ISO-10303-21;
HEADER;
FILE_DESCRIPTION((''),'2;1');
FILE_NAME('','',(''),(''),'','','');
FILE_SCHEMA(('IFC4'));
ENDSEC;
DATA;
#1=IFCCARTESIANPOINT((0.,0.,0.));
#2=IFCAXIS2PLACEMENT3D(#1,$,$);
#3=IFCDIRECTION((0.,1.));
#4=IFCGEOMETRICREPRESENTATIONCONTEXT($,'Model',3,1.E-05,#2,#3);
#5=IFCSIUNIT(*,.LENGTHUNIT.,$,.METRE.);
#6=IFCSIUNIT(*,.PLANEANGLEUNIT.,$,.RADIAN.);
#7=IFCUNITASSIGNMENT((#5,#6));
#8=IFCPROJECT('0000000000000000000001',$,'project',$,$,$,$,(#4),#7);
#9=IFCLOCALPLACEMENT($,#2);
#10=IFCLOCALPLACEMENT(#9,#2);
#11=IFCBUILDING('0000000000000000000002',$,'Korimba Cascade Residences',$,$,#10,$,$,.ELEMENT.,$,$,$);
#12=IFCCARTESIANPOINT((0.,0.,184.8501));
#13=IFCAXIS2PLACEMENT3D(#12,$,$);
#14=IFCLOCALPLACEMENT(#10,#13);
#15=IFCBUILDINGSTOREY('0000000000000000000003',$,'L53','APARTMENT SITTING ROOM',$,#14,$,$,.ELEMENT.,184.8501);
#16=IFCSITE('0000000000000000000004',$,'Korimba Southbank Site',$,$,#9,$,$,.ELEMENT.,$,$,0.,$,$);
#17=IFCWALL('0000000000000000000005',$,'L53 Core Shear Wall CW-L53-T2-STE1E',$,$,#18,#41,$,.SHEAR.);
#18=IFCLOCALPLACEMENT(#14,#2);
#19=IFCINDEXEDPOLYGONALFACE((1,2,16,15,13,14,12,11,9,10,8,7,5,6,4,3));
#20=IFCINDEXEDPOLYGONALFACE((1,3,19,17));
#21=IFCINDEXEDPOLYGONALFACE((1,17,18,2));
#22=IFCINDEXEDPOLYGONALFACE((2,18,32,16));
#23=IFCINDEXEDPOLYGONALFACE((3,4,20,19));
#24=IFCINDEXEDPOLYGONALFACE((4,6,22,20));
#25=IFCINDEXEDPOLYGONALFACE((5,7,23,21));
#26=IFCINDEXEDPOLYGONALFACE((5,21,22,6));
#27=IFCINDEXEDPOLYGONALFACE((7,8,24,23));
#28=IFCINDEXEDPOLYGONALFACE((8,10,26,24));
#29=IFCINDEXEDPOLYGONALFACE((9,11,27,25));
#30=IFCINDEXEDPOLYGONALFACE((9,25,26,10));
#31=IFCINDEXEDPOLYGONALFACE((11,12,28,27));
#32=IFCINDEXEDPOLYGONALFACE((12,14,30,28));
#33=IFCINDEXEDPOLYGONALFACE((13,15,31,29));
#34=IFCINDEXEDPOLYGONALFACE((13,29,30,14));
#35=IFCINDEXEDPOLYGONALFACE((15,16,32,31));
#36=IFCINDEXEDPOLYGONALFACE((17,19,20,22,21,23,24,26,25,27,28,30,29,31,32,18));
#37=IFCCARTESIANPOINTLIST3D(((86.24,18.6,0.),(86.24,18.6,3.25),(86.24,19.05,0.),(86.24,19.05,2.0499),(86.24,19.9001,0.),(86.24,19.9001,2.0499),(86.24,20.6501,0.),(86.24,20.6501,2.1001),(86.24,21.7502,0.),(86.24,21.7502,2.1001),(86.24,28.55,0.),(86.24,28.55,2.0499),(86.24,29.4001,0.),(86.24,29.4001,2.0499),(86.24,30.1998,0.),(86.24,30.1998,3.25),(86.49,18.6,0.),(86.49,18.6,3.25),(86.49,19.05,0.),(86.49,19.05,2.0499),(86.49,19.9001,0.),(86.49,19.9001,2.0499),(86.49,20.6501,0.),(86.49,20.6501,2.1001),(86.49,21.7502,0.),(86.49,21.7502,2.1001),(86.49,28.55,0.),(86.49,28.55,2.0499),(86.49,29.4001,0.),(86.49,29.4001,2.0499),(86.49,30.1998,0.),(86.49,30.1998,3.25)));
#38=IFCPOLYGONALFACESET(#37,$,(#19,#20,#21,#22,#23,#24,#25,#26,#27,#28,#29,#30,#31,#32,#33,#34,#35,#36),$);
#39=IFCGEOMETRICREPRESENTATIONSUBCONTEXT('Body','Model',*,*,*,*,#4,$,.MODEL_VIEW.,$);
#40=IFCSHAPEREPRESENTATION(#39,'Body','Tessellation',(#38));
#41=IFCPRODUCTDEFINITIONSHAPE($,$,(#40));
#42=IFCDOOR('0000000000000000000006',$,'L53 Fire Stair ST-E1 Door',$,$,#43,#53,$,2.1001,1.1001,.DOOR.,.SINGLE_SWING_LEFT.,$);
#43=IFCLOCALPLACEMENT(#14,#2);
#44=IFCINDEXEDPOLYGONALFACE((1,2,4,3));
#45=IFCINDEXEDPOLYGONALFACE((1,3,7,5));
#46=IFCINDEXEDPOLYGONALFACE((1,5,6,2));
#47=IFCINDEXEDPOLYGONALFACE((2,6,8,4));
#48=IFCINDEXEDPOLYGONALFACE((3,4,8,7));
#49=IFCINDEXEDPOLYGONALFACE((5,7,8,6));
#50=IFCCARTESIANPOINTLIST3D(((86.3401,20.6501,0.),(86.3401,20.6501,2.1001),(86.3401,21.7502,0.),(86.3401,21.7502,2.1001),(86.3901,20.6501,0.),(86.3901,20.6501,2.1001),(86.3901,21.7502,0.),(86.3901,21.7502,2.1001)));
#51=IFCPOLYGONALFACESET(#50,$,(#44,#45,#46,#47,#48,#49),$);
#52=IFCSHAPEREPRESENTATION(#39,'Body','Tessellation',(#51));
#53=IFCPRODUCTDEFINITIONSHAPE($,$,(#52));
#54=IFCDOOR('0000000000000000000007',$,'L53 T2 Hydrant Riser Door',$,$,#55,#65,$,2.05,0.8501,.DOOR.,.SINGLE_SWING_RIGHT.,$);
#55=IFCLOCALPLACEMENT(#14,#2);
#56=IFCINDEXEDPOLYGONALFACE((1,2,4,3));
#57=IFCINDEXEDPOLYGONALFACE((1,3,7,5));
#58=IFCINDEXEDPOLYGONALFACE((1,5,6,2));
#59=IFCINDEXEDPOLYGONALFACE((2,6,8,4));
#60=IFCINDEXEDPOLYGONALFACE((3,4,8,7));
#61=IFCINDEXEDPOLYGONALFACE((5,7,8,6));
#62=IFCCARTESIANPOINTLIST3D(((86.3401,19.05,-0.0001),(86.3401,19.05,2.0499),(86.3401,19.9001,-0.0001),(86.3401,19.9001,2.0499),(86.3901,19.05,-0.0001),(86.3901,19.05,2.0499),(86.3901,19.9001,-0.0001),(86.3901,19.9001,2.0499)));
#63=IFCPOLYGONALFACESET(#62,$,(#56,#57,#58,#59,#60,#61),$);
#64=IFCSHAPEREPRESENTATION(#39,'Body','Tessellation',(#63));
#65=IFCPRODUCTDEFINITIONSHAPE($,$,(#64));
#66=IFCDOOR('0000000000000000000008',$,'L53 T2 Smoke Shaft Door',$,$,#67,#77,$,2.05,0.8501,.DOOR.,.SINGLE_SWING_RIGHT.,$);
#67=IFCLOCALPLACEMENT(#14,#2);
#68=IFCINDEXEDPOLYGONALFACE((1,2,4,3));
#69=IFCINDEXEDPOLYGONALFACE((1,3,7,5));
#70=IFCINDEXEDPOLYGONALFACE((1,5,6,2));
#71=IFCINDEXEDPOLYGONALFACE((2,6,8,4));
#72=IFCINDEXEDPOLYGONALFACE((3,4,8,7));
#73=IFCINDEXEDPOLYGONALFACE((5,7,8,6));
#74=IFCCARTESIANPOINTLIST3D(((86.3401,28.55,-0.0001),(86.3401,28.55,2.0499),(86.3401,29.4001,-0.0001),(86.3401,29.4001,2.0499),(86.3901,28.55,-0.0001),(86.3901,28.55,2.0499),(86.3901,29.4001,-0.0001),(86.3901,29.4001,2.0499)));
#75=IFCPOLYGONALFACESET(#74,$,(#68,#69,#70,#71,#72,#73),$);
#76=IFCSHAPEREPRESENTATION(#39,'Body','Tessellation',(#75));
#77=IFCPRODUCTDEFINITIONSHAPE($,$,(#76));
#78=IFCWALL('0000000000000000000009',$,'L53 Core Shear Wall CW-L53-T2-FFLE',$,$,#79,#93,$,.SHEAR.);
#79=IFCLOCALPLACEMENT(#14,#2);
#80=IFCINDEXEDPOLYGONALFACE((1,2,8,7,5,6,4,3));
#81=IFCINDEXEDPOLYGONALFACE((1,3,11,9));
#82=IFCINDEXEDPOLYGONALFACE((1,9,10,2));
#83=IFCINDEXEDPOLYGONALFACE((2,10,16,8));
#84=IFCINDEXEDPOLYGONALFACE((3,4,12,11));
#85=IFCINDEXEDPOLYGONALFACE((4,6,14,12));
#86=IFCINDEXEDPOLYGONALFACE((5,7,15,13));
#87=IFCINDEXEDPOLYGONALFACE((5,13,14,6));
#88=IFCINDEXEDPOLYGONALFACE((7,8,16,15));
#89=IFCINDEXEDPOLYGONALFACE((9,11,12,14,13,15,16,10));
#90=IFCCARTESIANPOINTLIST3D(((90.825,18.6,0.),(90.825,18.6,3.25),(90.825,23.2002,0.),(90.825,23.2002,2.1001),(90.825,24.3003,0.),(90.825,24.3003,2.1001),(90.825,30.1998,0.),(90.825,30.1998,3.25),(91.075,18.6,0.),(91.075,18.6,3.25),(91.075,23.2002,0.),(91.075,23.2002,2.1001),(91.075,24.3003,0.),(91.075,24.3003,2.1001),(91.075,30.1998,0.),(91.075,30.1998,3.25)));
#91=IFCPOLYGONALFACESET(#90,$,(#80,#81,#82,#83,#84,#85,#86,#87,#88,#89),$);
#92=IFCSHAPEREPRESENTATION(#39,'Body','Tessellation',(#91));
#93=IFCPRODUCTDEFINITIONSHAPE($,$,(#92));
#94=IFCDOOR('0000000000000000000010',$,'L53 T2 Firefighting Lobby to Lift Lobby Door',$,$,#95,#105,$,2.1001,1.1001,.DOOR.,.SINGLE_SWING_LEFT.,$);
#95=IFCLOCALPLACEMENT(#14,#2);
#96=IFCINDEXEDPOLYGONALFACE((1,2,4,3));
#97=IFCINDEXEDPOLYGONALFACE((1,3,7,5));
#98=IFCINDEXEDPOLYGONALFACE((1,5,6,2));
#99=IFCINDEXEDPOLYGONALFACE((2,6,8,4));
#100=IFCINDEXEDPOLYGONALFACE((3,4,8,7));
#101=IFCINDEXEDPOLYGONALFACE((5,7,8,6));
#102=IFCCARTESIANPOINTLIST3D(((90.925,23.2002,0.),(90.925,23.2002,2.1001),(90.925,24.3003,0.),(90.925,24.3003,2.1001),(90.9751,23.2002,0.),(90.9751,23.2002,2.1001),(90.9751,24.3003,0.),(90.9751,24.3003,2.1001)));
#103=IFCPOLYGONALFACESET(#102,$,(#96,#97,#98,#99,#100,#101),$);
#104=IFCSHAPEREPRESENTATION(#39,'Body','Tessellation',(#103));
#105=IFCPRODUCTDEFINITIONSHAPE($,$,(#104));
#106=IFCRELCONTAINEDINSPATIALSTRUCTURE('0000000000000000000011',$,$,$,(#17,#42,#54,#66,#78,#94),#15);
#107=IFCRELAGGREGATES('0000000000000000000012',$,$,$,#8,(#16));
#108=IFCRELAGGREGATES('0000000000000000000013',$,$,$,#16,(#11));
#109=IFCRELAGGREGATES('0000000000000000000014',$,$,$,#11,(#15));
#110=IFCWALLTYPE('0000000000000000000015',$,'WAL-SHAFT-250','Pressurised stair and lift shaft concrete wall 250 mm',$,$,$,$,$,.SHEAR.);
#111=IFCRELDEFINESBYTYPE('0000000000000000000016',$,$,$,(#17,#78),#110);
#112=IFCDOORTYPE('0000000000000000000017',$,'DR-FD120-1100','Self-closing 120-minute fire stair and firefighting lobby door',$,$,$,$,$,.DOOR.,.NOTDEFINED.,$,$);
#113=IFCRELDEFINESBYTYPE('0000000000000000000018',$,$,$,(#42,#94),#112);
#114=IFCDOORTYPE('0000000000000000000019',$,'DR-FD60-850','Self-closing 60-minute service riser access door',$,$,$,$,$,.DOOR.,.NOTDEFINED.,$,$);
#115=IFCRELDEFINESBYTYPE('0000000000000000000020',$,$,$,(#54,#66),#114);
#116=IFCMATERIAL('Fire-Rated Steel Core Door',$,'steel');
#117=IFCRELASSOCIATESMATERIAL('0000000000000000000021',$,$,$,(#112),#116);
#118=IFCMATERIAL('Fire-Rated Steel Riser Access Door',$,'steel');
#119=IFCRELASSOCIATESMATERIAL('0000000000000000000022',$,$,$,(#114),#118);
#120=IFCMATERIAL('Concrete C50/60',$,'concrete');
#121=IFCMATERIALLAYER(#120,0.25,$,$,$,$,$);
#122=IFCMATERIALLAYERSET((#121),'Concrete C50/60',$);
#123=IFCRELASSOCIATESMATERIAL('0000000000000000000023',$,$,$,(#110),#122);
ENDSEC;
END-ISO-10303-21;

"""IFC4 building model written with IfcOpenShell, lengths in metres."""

from ifc_helpers import new_model, si_unit, direction, frame, frame_2d, origin, place, context, subcontext, project, spatial, rectangle, extrude, material, layer, layer_set, type_object, element, fill, save


model = new_model("IFC4")

# Units and contexts
model_context = context("Model", 3, precision=1e-05, world=origin(), true_north=direction((0.0, 1.0)))
body_context = subcontext(model_context, "Body", "Model", "MODEL_VIEW")
ifc_project = project(units=[si_unit("LENGTHUNIT", "METRE"), si_unit("PLANEANGLEUNIT", "RADIAN")], contexts=[model_context])

# Site, building, storey
site_placement = place(None, origin())
site = spatial("IfcSite", under=ifc_project, at=site_placement, Name="Korimba Southbank Site", CompositionType="ELEMENT", RefElevation=0.0)
building_placement = place(site_placement, origin())
building = spatial("IfcBuilding", under=site, at=building_placement, Name="Korimba Cascade Residences", CompositionType="ELEMENT")
storey_placement = place(building_placement, frame((0.0, 0.0, 184.8501)))
storey = spatial("IfcBuildingStorey", under=building, at=storey_placement, Name="L53", Description="APARTMENT SITTING ROOM", CompositionType="ELEMENT", Elevation=184.8501)

# Shared definitions
ifc_material_1 = material(Name="Concrete C50/60", Category="concrete")

# Shared definitions
ifc_material_2 = material(Name="Fire-Rated Steel Core Door", Category="steel")
door_type_1 = type_object("IfcDoorType", Name="DR-FD120-1100", Description="Self-closing 120-minute fire stair and firefighting lobby door", OperationType="NOTDEFINED", PredefinedType="DOOR", material=ifc_material_2)

# Wall, openings, doors
ifc_material_3 = material(Name="Fire-Rated Steel Riser Access Door", Category="steel")
door_type_2 = type_object("IfcDoorType", Name="DR-FD60-850", Description="Self-closing 60-minute service riser access door", OperationType="NOTDEFINED", PredefinedType="DOOR", material=ifc_material_3)
ifc_layer_1 = layer(ifc_material_1, 0.25)
ifc_layer_set_1 = layer_set([ifc_layer_1], Name="Concrete C50/60")
wall_type_1 = type_object("IfcWallType", Name="WAL-SHAFT-250", Description="Pressurised stair and lift shaft concrete wall 250 mm", PredefinedType="SHEAR", material=ifc_layer_set_1)
wall_1_placement = place(storey_placement, frame((86.365, 18.6001, 0.0), z_axis=(0.0, 0.0, 1.0), x_axis=(0.0, 1.0, 0.0)))
wall_1 = element("IfcWall", 1, at=wall_1_placement, inside=storey, type_object=wall_type_1, Name="L53 Core Shear Wall CW-L53-T2-STE1E", PredefinedType="SHEAR", context=body_context, shape_type="SweptSolid", body=[
    extrude(rectangle(XDim=11.5999, YDim=0.25, at=frame_2d((5.7998, 0.0))), origin(), (0.0, 0.0, 1.0), 3.25),
])
opening_1_placement = place(wall_1_placement, frame((0.45, 0.0, 0.0)))
opening_1 = element("IfcOpeningElement", 2, at=opening_1_placement, cuts=wall_1, PredefinedType="OPENING", context=body_context, shape_type="SweptSolid", body=[
    extrude(rectangle(XDim=0.8501, YDim=2.05, at=frame_2d((0.425, 1.0249))), frame((0.0, 0.135, 0.0), z_axis=(0.0, -1.0, 0.0), x_axis=(1.0, 0.0, 0.0)), (0.0, 0.0, 1.0), 0.27),
])
opening_2_placement = place(wall_1_placement, frame((2.05, 0.0, 0.0)))
opening_2 = element("IfcOpeningElement", 3, at=opening_2_placement, cuts=wall_1, PredefinedType="OPENING", context=body_context, shape_type="SweptSolid", body=[
    extrude(rectangle(XDim=1.1001, YDim=2.1001, at=frame_2d((0.55, 1.05))), frame((0.0, 0.135, 0.0), z_axis=(0.0, -1.0, 0.0), x_axis=(1.0, 0.0, 0.0)), (0.0, 0.0, 1.0), 0.27),
])
opening_3_placement = place(wall_1_placement, frame((9.95, 0.0, 0.0)))
opening_3 = element("IfcOpeningElement", 4, at=opening_3_placement, cuts=wall_1, PredefinedType="OPENING", context=body_context, shape_type="SweptSolid", body=[
    extrude(rectangle(XDim=0.8501, YDim=2.05, at=frame_2d((0.425, 1.0249))), frame((0.0, 0.135, 0.0), z_axis=(0.0, -1.0, 0.0), x_axis=(1.0, 0.0, 0.0)), (0.0, 0.0, 1.0), 0.27),
])
door_1_placement = place(opening_2_placement, origin())
door_1 = element("IfcDoor", 5, at=door_1_placement, inside=storey, type_object=door_type_1, Name="L53 Fire Stair ST-E1 Door", OperationType="SINGLE_SWING_LEFT", OverallHeight=2.1001, OverallWidth=1.1001, PredefinedType="DOOR", context=body_context, shape_type="SweptSolid", body=[
    extrude(rectangle(XDim=1.1001, YDim=2.1001, at=frame_2d((0.55, 1.05))), frame((0.0, 0.0249, 0.0), z_axis=(0.0, -1.0, 0.0), x_axis=(1.0, 0.0, 0.0)), (0.0, 0.0, 1.0), 0.05),
])
fill(opening_2, door_1)
door_2_placement = place(opening_1_placement, origin())
door_2 = element("IfcDoor", 6, at=door_2_placement, inside=storey, type_object=door_type_2, Name="L53 T2 Hydrant Riser Door", OperationType="SINGLE_SWING_RIGHT", OverallHeight=2.05, OverallWidth=0.8501, PredefinedType="DOOR", context=body_context, shape_type="SweptSolid", body=[
    extrude(rectangle(XDim=0.8501, YDim=2.05, at=frame_2d((0.425, 1.0249))), frame((0.0, 0.0249, 0.0), z_axis=(0.0, -1.0, 0.0), x_axis=(1.0, 0.0, 0.0)), (0.0, 0.0, 1.0), 0.05),
])
fill(opening_1, door_2)
door_3_placement = place(opening_3_placement, origin())
door_3 = element("IfcDoor", 7, at=door_3_placement, inside=storey, type_object=door_type_2, Name="L53 T2 Smoke Shaft Door", OperationType="SINGLE_SWING_RIGHT", OverallHeight=2.05, OverallWidth=0.8501, PredefinedType="DOOR", context=body_context, shape_type="SweptSolid", body=[
    extrude(rectangle(XDim=0.8501, YDim=2.05, at=frame_2d((0.425, 1.0249))), frame((0.0, 0.0249, 0.0), z_axis=(0.0, -1.0, 0.0), x_axis=(1.0, 0.0, 0.0)), (0.0, 0.0, 1.0), 0.05),
])
fill(opening_3, door_3)

# Wall, opening, door
wall_2_placement = place(storey_placement, frame((90.95, 18.6001, 0.0), z_axis=(0.0, 0.0, 1.0), x_axis=(0.0, 1.0, 0.0)))
wall_2 = element("IfcWall", 8, at=wall_2_placement, inside=storey, type_object=wall_type_1, Name="L53 Core Shear Wall CW-L53-T2-FFLE", PredefinedType="SHEAR", context=body_context, shape_type="SweptSolid", body=[
    extrude(rectangle(XDim=11.5999, YDim=0.25, at=frame_2d((5.7998, 0.0))), origin(), (0.0, 0.0, 1.0), 3.25),
])
opening_4_placement = place(wall_2_placement, frame((4.6001, 0.0, 0.0)))
opening_4 = element("IfcOpeningElement", 9, at=opening_4_placement, cuts=wall_2, PredefinedType="OPENING", context=body_context, shape_type="SweptSolid", body=[
    extrude(rectangle(XDim=1.1001, YDim=2.1001, at=frame_2d((0.55, 1.05))), frame((0.0, 0.135, 0.0), z_axis=(0.0, -1.0, 0.0), x_axis=(1.0, 0.0, 0.0)), (0.0, 0.0, 1.0), 0.27),
])
door_4_placement = place(opening_4_placement, origin())
door_4 = element("IfcDoor", 10, at=door_4_placement, inside=storey, type_object=door_type_1, Name="L53 T2 Firefighting Lobby to Lift Lobby Door", OperationType="SINGLE_SWING_LEFT", OverallHeight=2.1001, OverallWidth=1.1001, PredefinedType="DOOR", context=body_context, shape_type="SweptSolid", body=[
    extrude(rectangle(XDim=1.1001, YDim=2.1001, at=frame_2d((0.55, 1.05))), frame((0.0, 0.0249, 0.0), z_axis=(0.0, -1.0, 0.0), x_axis=(1.0, 0.0, 0.0)), (0.0, 0.0, 1.0), 0.05),
])
fill(opening_4, door_4)

save(model, "model.ifc")
